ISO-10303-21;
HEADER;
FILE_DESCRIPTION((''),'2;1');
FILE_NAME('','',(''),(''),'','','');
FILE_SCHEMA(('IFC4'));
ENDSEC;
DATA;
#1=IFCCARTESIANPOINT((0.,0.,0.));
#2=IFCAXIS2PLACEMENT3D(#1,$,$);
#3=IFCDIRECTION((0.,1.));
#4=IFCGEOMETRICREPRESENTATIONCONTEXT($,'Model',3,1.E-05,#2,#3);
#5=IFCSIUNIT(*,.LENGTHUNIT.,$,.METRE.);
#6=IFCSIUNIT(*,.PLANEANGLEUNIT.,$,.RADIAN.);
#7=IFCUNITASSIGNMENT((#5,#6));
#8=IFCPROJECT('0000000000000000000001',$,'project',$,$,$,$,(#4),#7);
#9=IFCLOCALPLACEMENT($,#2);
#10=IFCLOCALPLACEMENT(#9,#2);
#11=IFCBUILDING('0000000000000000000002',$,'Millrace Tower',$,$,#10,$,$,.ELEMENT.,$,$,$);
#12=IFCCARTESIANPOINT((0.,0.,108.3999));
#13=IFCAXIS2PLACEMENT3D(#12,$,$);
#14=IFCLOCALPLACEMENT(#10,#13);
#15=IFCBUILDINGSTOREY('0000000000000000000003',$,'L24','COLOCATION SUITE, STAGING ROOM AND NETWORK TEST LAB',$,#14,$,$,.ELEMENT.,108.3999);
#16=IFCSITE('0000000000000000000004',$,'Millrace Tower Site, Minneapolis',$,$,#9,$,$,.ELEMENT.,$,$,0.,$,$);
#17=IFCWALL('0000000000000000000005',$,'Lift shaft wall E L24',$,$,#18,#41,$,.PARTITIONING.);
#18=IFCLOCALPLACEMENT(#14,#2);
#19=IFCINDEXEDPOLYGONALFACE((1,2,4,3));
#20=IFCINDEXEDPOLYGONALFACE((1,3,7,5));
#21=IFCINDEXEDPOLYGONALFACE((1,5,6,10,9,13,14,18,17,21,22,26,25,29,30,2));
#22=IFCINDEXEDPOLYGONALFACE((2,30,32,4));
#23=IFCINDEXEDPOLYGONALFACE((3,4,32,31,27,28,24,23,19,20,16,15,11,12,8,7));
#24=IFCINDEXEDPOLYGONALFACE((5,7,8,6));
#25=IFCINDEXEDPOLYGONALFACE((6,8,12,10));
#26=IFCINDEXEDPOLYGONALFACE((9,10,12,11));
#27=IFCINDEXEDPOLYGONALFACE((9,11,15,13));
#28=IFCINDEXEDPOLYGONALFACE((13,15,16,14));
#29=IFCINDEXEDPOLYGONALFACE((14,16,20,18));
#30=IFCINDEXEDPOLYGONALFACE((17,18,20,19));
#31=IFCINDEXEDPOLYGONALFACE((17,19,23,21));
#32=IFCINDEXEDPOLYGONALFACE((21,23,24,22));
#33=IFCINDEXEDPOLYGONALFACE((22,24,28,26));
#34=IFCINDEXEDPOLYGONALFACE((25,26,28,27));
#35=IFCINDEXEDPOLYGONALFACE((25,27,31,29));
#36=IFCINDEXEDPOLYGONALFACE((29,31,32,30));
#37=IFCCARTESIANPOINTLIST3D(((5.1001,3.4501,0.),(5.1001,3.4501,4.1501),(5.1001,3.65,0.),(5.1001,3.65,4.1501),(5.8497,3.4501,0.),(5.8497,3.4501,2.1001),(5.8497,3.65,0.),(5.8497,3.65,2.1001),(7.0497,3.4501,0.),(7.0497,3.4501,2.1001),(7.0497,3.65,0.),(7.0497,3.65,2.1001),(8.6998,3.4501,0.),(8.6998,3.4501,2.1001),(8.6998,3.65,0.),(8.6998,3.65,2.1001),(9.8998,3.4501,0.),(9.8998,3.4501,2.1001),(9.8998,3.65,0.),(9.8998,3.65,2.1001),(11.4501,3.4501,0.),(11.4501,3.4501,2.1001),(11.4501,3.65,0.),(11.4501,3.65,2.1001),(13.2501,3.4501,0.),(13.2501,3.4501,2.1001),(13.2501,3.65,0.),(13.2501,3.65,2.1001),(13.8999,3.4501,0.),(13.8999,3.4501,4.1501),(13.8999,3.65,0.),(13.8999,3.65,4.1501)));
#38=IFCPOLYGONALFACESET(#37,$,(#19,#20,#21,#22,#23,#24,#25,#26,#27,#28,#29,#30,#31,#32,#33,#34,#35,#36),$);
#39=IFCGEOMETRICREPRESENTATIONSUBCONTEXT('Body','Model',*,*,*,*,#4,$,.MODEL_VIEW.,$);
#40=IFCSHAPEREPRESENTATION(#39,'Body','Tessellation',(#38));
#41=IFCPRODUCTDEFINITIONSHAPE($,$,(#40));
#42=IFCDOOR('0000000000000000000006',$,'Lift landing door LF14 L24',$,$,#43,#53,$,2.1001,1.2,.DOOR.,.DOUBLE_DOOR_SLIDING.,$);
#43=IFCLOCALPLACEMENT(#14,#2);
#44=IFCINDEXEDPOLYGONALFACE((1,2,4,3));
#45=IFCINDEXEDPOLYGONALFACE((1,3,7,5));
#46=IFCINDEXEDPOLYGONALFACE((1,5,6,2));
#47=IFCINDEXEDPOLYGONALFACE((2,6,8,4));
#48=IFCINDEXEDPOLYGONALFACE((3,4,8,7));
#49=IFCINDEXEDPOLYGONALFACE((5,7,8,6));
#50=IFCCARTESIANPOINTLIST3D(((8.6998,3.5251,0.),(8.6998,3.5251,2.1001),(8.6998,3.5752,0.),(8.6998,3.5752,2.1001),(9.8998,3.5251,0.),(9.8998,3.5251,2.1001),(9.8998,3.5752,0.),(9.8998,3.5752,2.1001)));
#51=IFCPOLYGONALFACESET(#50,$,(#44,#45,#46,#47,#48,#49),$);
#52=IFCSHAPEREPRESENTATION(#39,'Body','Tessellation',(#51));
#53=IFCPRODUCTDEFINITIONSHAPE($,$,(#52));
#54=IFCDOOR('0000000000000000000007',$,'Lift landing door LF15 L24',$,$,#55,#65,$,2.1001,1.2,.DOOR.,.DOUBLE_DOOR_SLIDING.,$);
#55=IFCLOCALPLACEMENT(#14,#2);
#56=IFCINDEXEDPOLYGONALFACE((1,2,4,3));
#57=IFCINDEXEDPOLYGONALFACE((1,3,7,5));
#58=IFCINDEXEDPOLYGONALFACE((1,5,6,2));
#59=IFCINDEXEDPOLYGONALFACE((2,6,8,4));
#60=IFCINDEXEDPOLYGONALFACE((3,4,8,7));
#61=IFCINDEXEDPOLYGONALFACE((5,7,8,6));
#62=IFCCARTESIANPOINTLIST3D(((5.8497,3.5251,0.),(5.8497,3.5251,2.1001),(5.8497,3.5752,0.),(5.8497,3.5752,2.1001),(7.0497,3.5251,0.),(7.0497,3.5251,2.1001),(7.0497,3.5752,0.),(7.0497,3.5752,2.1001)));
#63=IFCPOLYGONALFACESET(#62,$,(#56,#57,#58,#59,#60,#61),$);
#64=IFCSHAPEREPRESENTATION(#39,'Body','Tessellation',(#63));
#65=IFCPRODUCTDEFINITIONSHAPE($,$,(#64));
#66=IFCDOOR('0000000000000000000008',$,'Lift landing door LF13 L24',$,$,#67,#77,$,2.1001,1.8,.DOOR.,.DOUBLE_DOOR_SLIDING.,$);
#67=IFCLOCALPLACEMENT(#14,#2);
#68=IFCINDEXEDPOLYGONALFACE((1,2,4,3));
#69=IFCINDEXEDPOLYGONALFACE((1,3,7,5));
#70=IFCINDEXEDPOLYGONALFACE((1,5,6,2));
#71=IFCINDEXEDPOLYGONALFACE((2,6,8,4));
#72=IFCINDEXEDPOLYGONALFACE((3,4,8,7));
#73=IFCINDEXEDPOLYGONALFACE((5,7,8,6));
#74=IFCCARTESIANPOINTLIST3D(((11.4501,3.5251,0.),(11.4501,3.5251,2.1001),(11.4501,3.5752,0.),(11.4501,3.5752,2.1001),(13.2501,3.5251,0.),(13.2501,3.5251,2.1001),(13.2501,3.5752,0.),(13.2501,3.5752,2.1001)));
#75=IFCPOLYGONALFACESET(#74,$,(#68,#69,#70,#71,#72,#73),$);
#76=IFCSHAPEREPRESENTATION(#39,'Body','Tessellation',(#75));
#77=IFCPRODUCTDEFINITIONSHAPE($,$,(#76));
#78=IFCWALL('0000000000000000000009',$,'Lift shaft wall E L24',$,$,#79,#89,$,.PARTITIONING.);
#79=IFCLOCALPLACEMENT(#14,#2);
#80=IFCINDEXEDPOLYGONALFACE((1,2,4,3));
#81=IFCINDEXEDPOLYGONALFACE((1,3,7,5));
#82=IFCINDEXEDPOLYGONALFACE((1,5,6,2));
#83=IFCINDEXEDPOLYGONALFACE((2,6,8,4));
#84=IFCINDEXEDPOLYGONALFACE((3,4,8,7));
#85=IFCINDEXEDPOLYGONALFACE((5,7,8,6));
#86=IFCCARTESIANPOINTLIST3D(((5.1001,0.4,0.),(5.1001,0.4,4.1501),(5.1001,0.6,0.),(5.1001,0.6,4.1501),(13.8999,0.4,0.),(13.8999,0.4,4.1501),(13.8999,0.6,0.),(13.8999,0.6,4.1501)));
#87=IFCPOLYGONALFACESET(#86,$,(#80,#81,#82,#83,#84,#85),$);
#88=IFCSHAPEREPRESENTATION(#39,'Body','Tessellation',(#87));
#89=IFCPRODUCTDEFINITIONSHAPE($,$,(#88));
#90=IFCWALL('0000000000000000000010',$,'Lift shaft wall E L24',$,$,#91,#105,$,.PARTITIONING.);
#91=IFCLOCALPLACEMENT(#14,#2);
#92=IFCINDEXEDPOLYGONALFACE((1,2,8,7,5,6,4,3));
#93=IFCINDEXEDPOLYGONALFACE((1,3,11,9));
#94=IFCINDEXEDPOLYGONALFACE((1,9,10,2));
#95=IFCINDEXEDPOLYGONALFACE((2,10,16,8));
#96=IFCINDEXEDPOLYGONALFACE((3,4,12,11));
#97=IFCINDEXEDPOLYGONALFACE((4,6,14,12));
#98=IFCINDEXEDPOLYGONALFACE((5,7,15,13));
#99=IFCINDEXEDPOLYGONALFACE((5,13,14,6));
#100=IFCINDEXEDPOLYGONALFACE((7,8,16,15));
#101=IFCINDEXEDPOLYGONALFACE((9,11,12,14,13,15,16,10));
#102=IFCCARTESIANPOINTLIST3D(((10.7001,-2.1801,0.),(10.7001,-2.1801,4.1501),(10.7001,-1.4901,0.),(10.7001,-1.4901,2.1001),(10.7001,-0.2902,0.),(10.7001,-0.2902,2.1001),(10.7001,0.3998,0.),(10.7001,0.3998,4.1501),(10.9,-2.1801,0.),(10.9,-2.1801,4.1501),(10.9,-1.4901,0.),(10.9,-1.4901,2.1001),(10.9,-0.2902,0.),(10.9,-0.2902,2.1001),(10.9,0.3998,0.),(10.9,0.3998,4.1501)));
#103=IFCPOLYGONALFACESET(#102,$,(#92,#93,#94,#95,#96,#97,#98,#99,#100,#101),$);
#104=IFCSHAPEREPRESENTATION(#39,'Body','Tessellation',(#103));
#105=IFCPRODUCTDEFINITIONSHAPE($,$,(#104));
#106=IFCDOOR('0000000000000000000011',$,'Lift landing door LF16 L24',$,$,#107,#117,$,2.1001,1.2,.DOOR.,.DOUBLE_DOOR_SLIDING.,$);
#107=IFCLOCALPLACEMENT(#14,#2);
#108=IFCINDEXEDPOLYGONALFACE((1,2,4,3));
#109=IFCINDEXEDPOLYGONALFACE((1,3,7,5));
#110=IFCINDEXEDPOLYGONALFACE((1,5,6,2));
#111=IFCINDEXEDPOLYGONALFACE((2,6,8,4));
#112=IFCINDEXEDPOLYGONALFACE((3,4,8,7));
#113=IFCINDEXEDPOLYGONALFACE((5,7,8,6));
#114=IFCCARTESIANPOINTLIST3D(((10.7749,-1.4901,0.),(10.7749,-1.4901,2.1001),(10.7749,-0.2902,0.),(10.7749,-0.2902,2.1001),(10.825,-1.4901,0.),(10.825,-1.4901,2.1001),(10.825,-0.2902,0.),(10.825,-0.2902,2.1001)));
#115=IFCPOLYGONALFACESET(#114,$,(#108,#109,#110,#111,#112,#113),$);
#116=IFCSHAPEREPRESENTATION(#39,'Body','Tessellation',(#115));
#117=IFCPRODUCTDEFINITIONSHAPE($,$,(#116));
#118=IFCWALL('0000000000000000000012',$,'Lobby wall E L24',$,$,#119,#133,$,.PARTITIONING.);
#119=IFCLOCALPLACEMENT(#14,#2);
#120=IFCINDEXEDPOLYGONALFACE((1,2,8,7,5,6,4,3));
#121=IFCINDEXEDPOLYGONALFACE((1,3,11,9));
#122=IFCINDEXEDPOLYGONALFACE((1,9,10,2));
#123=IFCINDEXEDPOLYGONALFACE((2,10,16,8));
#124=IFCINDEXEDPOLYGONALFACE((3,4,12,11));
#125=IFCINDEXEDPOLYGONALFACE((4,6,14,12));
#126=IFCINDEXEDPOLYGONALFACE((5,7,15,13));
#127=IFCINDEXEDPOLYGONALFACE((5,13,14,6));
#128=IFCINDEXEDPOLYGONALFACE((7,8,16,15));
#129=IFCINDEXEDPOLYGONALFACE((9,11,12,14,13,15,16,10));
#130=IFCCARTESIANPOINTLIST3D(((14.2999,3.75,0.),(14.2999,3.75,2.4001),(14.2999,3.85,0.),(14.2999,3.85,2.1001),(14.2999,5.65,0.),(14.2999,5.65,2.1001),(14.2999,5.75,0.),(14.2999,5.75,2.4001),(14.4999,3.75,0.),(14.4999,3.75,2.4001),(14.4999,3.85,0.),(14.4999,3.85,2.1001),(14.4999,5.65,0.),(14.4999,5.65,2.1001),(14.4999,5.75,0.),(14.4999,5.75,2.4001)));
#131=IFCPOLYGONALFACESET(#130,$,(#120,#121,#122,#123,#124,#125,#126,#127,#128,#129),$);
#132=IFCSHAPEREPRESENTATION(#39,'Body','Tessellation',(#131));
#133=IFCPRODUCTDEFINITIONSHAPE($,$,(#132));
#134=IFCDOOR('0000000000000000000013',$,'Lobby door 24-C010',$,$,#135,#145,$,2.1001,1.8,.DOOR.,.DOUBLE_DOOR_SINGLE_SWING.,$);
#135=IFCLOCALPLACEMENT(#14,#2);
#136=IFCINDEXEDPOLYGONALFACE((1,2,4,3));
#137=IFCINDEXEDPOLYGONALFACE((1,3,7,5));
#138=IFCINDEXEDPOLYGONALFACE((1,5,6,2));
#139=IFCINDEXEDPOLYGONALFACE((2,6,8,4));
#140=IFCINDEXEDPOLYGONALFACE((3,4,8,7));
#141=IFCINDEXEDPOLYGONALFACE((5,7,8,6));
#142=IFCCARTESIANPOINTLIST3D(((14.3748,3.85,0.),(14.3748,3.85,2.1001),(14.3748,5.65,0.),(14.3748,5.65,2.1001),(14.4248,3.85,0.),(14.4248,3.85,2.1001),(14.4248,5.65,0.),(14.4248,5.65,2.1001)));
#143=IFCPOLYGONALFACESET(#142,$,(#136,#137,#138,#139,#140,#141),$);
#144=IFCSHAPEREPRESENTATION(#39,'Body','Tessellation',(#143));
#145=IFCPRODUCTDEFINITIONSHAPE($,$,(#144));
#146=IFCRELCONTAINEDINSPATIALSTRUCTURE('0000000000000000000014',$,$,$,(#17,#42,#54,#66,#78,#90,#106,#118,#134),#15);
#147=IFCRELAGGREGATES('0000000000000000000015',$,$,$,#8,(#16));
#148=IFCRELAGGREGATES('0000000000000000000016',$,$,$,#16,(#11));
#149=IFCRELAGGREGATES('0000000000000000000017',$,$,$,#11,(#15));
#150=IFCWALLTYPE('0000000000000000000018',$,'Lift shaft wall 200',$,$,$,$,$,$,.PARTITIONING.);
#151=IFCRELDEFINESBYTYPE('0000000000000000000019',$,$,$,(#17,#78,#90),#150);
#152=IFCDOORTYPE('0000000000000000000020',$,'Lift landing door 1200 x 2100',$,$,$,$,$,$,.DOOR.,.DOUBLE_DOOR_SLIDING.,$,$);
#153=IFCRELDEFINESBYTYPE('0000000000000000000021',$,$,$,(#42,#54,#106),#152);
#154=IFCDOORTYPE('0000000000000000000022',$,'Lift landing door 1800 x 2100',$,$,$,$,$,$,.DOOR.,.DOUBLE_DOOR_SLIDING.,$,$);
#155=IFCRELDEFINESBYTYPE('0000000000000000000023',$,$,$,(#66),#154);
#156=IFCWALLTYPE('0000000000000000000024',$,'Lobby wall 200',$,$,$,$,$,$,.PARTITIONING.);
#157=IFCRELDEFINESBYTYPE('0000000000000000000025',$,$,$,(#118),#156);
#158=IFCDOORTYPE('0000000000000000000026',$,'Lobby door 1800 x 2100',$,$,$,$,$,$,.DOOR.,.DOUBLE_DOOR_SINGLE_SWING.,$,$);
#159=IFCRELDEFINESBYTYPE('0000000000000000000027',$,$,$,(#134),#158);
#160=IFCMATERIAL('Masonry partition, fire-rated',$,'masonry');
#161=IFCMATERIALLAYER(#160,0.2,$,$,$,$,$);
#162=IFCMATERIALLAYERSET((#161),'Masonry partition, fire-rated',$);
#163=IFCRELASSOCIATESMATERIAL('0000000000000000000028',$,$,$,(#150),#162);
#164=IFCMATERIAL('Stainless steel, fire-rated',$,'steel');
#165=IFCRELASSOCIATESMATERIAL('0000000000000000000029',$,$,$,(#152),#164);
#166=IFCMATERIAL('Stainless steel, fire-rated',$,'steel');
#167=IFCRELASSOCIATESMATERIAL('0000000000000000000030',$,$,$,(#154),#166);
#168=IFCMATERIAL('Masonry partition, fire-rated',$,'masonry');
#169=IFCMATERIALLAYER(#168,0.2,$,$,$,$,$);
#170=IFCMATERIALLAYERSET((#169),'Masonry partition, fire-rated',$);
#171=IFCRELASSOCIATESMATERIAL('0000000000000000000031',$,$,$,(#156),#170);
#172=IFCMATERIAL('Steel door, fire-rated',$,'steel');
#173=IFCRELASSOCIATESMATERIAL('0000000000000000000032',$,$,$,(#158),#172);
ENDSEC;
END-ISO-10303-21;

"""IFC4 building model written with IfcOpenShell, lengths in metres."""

from ifc_helpers import new_model, si_unit, direction, frame, frame_2d, origin, place, context, subcontext, project, spatial, rectangle, extrude, material, layer, layer_set, type_object, element, fill, save


model = new_model("IFC4")

# Units and contexts
model_context = context("Model", 3, precision=1e-05, world=origin(), true_north=direction((0.0, 1.0)))
body_context = subcontext(model_context, "Body", "Model", "MODEL_VIEW")
ifc_project = project(units=[si_unit("LENGTHUNIT", "METRE"), si_unit("PLANEANGLEUNIT", "RADIAN")], contexts=[model_context])

# Site, building, storey
site_placement = place(None, origin())
site = spatial("IfcSite", under=ifc_project, at=site_placement, Name="Millrace Tower Site, Minneapolis", CompositionType="ELEMENT", RefElevation=0.0)
building_placement = place(site_placement, origin())
building = spatial("IfcBuilding", under=site, at=building_placement, Name="Millrace Tower", CompositionType="ELEMENT")
storey_placement = place(building_placement, frame((0.0, 0.0, 108.3999)))
storey = spatial("IfcBuildingStorey", under=building, at=storey_placement, Name="L24", Description="COLOCATION SUITE, STAGING ROOM AND NETWORK TEST LAB", CompositionType="ELEMENT", Elevation=108.3999)

# Shared definitions
ifc_material_1 = material(Name="Masonry partition, fire-rated", Category="masonry")
ifc_layer_1 = layer(ifc_material_1, 0.2)
ifc_layer_set_1 = layer_set([ifc_layer_1], Name="Masonry partition, fire-rated")
wall_type_1 = type_object("IfcWallType", Name="Lift shaft wall 200", PredefinedType="PARTITIONING", material=ifc_layer_set_1)

# Wall, openings, doors
wall_1_placement = place(storey_placement, frame((13.8999, 3.55, 0.0), z_axis=(0.0, 0.0, 1.0), x_axis=(-1.0, 0.0, 0.0)))
wall_1 = element("IfcWall", 1, at=wall_1_placement, inside=storey, type_object=wall_type_1, Name="Lift shaft wall E L24", PredefinedType="PARTITIONING", context=body_context, shape_type="SweptSolid", body=[
    extrude(rectangle(XDim=8.7998, YDim=0.2, at=frame_2d((4.3999, 0.0))), origin(), (0.0, 0.0, 1.0), 4.1501),
])
opening_1_placement = place(wall_1_placement, frame((0.6499, 0.0, 0.0)))
opening_1 = element("IfcOpeningElement", 2, at=opening_1_placement, cuts=wall_1, PredefinedType="OPENING", context=body_context, shape_type="SweptSolid", body=[
    extrude(rectangle(XDim=1.8, YDim=2.1001, at=frame_2d((0.8999, 1.05))), frame((0.0, 0.1099, 0.0), z_axis=(0.0, -1.0, 0.0), x_axis=(1.0, 0.0, 0.0)), (0.0, 0.0, 1.0), 0.22),
])
opening_2_placement = place(wall_1_placement, frame((4.0, 0.0, 0.0)))
opening_2 = element("IfcOpeningElement", 3, at=opening_2_placement, cuts=wall_1, PredefinedType="OPENING", context=body_context, shape_type="SweptSolid", body=[
    extrude(rectangle(XDim=1.2, YDim=2.1001, at=frame_2d((0.6001, 1.05))), frame((0.0, 0.1099, 0.0), z_axis=(0.0, -1.0, 0.0), x_axis=(1.0, 0.0, 0.0)), (0.0, 0.0, 1.0), 0.22),
])
opening_3_placement = place(wall_1_placement, frame((6.8501, 0.0, 0.0)))
opening_3 = element("IfcOpeningElement", 4, at=opening_3_placement, cuts=wall_1, PredefinedType="OPENING", context=body_context, shape_type="SweptSolid", body=[
    extrude(rectangle(XDim=1.2, YDim=2.1001, at=frame_2d((0.6001, 1.05))), frame((0.0, 0.1099, 0.0), z_axis=(0.0, -1.0, 0.0), x_axis=(1.0, 0.0, 0.0)), (0.0, 0.0, 1.0), 0.22),
])
ifc_material_2 = material(Name="Stainless steel, fire-rated", Category="steel")
door_type_1 = type_object("IfcDoorType", Name="Lift landing door 1200 x 2100", OperationType="DOUBLE_DOOR_SLIDING", PredefinedType="DOOR", material=ifc_material_2)
door_1_placement = place(opening_2_placement, origin())
door_1 = element("IfcDoor", 5, at=door_1_placement, inside=storey, type_object=door_type_1, Name="Lift landing door LF14 L24", OperationType="DOUBLE_DOOR_SLIDING", OverallHeight=2.1001, OverallWidth=1.2, PredefinedType="DOOR", context=body_context, shape_type="SweptSolid", body=[
    extrude(rectangle(XDim=1.2, YDim=2.1001, at=frame_2d((0.6001, 1.05))), frame((0.0, 0.0249, 0.0), z_axis=(0.0, -1.0, 0.0), x_axis=(1.0, 0.0, 0.0)), (0.0, 0.0, 1.0), 0.05),
])
fill(opening_2, door_1)
door_2_placement = place(opening_3_placement, origin())
door_2 = element("IfcDoor", 6, at=door_2_placement, inside=storey, type_object=door_type_1, Name="Lift landing door LF15 L24", OperationType="DOUBLE_DOOR_SLIDING", OverallHeight=2.1001, OverallWidth=1.2, PredefinedType="DOOR", context=body_context, shape_type="SweptSolid", body=[
    extrude(rectangle(XDim=1.2, YDim=2.1001, at=frame_2d((0.6001, 1.05))), frame((0.0, 0.0249, 0.0), z_axis=(0.0, -1.0, 0.0), x_axis=(1.0, 0.0, 0.0)), (0.0, 0.0, 1.0), 0.05),
])
fill(opening_3, door_2)
ifc_material_3 = material(Name="Stainless steel, fire-rated", Category="steel")
door_type_2 = type_object("IfcDoorType", Name="Lift landing door 1800 x 2100", OperationType="DOUBLE_DOOR_SLIDING", PredefinedType="DOOR", material=ifc_material_3)
door_3_placement = place(opening_1_placement, origin())
door_3 = element("IfcDoor", 7, at=door_3_placement, inside=storey, type_object=door_type_2, Name="Lift landing door LF13 L24", OperationType="DOUBLE_DOOR_SLIDING", OverallHeight=2.1001, OverallWidth=1.8, PredefinedType="DOOR", context=body_context, shape_type="SweptSolid", body=[
    extrude(rectangle(XDim=1.8, YDim=2.1001, at=frame_2d((0.8999, 1.05))), frame((0.0, 0.0249, 0.0), z_axis=(0.0, -1.0, 0.0), x_axis=(1.0, 0.0, 0.0)), (0.0, 0.0, 1.0), 0.05),
])
fill(opening_1, door_3)

# Wall
wall_2_placement = place(storey_placement, frame((13.8999, 0.5, 0.0), z_axis=(0.0, 0.0, 1.0), x_axis=(-1.0, 0.0, 0.0)))
element("IfcWall", 8, at=wall_2_placement, inside=storey, type_object=wall_type_1, Name="Lift shaft wall E L24", PredefinedType="PARTITIONING", context=body_context, shape_type="SweptSolid", body=[
    extrude(rectangle(XDim=8.7998, YDim=0.2, at=frame_2d((4.3999, 0.0))), origin(), (0.0, 0.0, 1.0), 4.1501),
])

# Walls, openings, doors
wall_3_placement = place(storey_placement, frame((10.8, 0.3999, 0.0), z_axis=(0.0, 0.0, 1.0), x_axis=(0.0, -1.0, 0.0)))
wall_3 = element("IfcWall", 9, at=wall_3_placement, inside=storey, type_object=wall_type_1, Name="Lift shaft wall E L24", PredefinedType="PARTITIONING", context=body_context, shape_type="SweptSolid", body=[
    extrude(rectangle(XDim=2.5798, YDim=0.2, at=frame_2d((1.29, 0.0))), origin(), (0.0, 0.0, 1.0), 4.1501),
])
opening_4_placement = place(wall_3_placement, frame((0.6899, 0.0, 0.0)))
opening_4 = element("IfcOpeningElement", 10, at=opening_4_placement, cuts=wall_3, PredefinedType="OPENING", context=body_context, shape_type="SweptSolid", body=[
    extrude(rectangle(XDim=1.2, YDim=2.1001, at=frame_2d((0.6001, 1.05))), frame((0.0, 0.1099, 0.0), z_axis=(0.0, -1.0, 0.0), x_axis=(1.0, 0.0, 0.0)), (0.0, 0.0, 1.0), 0.22),
])
door_4_placement = place(opening_4_placement, origin())
door_4 = element("IfcDoor", 11, at=door_4_placement, inside=storey, type_object=door_type_1, Name="Lift landing door LF16 L24", OperationType="DOUBLE_DOOR_SLIDING", OverallHeight=2.1001, OverallWidth=1.2, PredefinedType="DOOR", context=body_context, shape_type="SweptSolid", body=[
    extrude(rectangle(XDim=1.2, YDim=2.1001, at=frame_2d((0.6001, 1.05))), frame((0.0, 0.0249, 0.0), z_axis=(0.0, -1.0, 0.0), x_axis=(1.0, 0.0, 0.0)), (0.0, 0.0, 1.0), 0.05),
])
fill(opening_4, door_4)
ifc_material_4 = material(Name="Masonry partition, fire-rated", Category="masonry")
ifc_layer_2 = layer(ifc_material_4, 0.2)
ifc_layer_set_2 = layer_set([ifc_layer_2], Name="Masonry partition, fire-rated")
wall_type_2 = type_object("IfcWallType", Name="Lobby wall 200", PredefinedType="PARTITIONING", material=ifc_layer_set_2)
wall_4_placement = place(storey_placement, frame((14.3999, 5.75, 0.0), z_axis=(0.0, 0.0, 1.0), x_axis=(0.0, -1.0, 0.0)))
wall_4 = element("IfcWall", 12, at=wall_4_placement, inside=storey, type_object=wall_type_2, Name="Lobby wall E L24", PredefinedType="PARTITIONING", context=body_context, shape_type="SweptSolid", body=[
    extrude(rectangle(XDim=2.0, YDim=0.2, at=frame_2d((1.0, 0.0))), origin(), (0.0, 0.0, 1.0), 2.4001),
])
opening_5_placement = place(wall_4_placement, frame((0.1001, 0.0, 0.0)))
opening_5 = element("IfcOpeningElement", 13, at=opening_5_placement, cuts=wall_4, PredefinedType="OPENING", context=body_context, shape_type="SweptSolid", body=[
    extrude(rectangle(XDim=1.8, YDim=2.1001, at=frame_2d((0.8999, 1.05))), frame((0.0, 0.1099, 0.0), z_axis=(0.0, -1.0, 0.0), x_axis=(1.0, 0.0, 0.0)), (0.0, 0.0, 1.0), 0.22),
])
ifc_material_5 = material(Name="Steel door, fire-rated", Category="steel")
door_type_3 = type_object("IfcDoorType", Name="Lobby door 1800 x 2100", OperationType="DOUBLE_DOOR_SINGLE_SWING", PredefinedType="DOOR", material=ifc_material_5)
door_5_placement = place(opening_5_placement, origin())
door_5 = element("IfcDoor", 14, at=door_5_placement, inside=storey, type_object=door_type_3, Name="Lobby door 24-C010", OperationType="DOUBLE_DOOR_SINGLE_SWING", OverallHeight=2.1001, OverallWidth=1.8, PredefinedType="DOOR", context=body_context, shape_type="SweptSolid", body=[
    extrude(rectangle(XDim=1.8, YDim=2.1001, at=frame_2d((0.8999, 1.05))), frame((0.0, 0.0249, 0.0), z_axis=(0.0, -1.0, 0.0), x_axis=(1.0, 0.0, 0.0)), (0.0, 0.0, 1.0), 0.05),
])
fill(opening_5, door_5)

save(model, "model.ifc")
